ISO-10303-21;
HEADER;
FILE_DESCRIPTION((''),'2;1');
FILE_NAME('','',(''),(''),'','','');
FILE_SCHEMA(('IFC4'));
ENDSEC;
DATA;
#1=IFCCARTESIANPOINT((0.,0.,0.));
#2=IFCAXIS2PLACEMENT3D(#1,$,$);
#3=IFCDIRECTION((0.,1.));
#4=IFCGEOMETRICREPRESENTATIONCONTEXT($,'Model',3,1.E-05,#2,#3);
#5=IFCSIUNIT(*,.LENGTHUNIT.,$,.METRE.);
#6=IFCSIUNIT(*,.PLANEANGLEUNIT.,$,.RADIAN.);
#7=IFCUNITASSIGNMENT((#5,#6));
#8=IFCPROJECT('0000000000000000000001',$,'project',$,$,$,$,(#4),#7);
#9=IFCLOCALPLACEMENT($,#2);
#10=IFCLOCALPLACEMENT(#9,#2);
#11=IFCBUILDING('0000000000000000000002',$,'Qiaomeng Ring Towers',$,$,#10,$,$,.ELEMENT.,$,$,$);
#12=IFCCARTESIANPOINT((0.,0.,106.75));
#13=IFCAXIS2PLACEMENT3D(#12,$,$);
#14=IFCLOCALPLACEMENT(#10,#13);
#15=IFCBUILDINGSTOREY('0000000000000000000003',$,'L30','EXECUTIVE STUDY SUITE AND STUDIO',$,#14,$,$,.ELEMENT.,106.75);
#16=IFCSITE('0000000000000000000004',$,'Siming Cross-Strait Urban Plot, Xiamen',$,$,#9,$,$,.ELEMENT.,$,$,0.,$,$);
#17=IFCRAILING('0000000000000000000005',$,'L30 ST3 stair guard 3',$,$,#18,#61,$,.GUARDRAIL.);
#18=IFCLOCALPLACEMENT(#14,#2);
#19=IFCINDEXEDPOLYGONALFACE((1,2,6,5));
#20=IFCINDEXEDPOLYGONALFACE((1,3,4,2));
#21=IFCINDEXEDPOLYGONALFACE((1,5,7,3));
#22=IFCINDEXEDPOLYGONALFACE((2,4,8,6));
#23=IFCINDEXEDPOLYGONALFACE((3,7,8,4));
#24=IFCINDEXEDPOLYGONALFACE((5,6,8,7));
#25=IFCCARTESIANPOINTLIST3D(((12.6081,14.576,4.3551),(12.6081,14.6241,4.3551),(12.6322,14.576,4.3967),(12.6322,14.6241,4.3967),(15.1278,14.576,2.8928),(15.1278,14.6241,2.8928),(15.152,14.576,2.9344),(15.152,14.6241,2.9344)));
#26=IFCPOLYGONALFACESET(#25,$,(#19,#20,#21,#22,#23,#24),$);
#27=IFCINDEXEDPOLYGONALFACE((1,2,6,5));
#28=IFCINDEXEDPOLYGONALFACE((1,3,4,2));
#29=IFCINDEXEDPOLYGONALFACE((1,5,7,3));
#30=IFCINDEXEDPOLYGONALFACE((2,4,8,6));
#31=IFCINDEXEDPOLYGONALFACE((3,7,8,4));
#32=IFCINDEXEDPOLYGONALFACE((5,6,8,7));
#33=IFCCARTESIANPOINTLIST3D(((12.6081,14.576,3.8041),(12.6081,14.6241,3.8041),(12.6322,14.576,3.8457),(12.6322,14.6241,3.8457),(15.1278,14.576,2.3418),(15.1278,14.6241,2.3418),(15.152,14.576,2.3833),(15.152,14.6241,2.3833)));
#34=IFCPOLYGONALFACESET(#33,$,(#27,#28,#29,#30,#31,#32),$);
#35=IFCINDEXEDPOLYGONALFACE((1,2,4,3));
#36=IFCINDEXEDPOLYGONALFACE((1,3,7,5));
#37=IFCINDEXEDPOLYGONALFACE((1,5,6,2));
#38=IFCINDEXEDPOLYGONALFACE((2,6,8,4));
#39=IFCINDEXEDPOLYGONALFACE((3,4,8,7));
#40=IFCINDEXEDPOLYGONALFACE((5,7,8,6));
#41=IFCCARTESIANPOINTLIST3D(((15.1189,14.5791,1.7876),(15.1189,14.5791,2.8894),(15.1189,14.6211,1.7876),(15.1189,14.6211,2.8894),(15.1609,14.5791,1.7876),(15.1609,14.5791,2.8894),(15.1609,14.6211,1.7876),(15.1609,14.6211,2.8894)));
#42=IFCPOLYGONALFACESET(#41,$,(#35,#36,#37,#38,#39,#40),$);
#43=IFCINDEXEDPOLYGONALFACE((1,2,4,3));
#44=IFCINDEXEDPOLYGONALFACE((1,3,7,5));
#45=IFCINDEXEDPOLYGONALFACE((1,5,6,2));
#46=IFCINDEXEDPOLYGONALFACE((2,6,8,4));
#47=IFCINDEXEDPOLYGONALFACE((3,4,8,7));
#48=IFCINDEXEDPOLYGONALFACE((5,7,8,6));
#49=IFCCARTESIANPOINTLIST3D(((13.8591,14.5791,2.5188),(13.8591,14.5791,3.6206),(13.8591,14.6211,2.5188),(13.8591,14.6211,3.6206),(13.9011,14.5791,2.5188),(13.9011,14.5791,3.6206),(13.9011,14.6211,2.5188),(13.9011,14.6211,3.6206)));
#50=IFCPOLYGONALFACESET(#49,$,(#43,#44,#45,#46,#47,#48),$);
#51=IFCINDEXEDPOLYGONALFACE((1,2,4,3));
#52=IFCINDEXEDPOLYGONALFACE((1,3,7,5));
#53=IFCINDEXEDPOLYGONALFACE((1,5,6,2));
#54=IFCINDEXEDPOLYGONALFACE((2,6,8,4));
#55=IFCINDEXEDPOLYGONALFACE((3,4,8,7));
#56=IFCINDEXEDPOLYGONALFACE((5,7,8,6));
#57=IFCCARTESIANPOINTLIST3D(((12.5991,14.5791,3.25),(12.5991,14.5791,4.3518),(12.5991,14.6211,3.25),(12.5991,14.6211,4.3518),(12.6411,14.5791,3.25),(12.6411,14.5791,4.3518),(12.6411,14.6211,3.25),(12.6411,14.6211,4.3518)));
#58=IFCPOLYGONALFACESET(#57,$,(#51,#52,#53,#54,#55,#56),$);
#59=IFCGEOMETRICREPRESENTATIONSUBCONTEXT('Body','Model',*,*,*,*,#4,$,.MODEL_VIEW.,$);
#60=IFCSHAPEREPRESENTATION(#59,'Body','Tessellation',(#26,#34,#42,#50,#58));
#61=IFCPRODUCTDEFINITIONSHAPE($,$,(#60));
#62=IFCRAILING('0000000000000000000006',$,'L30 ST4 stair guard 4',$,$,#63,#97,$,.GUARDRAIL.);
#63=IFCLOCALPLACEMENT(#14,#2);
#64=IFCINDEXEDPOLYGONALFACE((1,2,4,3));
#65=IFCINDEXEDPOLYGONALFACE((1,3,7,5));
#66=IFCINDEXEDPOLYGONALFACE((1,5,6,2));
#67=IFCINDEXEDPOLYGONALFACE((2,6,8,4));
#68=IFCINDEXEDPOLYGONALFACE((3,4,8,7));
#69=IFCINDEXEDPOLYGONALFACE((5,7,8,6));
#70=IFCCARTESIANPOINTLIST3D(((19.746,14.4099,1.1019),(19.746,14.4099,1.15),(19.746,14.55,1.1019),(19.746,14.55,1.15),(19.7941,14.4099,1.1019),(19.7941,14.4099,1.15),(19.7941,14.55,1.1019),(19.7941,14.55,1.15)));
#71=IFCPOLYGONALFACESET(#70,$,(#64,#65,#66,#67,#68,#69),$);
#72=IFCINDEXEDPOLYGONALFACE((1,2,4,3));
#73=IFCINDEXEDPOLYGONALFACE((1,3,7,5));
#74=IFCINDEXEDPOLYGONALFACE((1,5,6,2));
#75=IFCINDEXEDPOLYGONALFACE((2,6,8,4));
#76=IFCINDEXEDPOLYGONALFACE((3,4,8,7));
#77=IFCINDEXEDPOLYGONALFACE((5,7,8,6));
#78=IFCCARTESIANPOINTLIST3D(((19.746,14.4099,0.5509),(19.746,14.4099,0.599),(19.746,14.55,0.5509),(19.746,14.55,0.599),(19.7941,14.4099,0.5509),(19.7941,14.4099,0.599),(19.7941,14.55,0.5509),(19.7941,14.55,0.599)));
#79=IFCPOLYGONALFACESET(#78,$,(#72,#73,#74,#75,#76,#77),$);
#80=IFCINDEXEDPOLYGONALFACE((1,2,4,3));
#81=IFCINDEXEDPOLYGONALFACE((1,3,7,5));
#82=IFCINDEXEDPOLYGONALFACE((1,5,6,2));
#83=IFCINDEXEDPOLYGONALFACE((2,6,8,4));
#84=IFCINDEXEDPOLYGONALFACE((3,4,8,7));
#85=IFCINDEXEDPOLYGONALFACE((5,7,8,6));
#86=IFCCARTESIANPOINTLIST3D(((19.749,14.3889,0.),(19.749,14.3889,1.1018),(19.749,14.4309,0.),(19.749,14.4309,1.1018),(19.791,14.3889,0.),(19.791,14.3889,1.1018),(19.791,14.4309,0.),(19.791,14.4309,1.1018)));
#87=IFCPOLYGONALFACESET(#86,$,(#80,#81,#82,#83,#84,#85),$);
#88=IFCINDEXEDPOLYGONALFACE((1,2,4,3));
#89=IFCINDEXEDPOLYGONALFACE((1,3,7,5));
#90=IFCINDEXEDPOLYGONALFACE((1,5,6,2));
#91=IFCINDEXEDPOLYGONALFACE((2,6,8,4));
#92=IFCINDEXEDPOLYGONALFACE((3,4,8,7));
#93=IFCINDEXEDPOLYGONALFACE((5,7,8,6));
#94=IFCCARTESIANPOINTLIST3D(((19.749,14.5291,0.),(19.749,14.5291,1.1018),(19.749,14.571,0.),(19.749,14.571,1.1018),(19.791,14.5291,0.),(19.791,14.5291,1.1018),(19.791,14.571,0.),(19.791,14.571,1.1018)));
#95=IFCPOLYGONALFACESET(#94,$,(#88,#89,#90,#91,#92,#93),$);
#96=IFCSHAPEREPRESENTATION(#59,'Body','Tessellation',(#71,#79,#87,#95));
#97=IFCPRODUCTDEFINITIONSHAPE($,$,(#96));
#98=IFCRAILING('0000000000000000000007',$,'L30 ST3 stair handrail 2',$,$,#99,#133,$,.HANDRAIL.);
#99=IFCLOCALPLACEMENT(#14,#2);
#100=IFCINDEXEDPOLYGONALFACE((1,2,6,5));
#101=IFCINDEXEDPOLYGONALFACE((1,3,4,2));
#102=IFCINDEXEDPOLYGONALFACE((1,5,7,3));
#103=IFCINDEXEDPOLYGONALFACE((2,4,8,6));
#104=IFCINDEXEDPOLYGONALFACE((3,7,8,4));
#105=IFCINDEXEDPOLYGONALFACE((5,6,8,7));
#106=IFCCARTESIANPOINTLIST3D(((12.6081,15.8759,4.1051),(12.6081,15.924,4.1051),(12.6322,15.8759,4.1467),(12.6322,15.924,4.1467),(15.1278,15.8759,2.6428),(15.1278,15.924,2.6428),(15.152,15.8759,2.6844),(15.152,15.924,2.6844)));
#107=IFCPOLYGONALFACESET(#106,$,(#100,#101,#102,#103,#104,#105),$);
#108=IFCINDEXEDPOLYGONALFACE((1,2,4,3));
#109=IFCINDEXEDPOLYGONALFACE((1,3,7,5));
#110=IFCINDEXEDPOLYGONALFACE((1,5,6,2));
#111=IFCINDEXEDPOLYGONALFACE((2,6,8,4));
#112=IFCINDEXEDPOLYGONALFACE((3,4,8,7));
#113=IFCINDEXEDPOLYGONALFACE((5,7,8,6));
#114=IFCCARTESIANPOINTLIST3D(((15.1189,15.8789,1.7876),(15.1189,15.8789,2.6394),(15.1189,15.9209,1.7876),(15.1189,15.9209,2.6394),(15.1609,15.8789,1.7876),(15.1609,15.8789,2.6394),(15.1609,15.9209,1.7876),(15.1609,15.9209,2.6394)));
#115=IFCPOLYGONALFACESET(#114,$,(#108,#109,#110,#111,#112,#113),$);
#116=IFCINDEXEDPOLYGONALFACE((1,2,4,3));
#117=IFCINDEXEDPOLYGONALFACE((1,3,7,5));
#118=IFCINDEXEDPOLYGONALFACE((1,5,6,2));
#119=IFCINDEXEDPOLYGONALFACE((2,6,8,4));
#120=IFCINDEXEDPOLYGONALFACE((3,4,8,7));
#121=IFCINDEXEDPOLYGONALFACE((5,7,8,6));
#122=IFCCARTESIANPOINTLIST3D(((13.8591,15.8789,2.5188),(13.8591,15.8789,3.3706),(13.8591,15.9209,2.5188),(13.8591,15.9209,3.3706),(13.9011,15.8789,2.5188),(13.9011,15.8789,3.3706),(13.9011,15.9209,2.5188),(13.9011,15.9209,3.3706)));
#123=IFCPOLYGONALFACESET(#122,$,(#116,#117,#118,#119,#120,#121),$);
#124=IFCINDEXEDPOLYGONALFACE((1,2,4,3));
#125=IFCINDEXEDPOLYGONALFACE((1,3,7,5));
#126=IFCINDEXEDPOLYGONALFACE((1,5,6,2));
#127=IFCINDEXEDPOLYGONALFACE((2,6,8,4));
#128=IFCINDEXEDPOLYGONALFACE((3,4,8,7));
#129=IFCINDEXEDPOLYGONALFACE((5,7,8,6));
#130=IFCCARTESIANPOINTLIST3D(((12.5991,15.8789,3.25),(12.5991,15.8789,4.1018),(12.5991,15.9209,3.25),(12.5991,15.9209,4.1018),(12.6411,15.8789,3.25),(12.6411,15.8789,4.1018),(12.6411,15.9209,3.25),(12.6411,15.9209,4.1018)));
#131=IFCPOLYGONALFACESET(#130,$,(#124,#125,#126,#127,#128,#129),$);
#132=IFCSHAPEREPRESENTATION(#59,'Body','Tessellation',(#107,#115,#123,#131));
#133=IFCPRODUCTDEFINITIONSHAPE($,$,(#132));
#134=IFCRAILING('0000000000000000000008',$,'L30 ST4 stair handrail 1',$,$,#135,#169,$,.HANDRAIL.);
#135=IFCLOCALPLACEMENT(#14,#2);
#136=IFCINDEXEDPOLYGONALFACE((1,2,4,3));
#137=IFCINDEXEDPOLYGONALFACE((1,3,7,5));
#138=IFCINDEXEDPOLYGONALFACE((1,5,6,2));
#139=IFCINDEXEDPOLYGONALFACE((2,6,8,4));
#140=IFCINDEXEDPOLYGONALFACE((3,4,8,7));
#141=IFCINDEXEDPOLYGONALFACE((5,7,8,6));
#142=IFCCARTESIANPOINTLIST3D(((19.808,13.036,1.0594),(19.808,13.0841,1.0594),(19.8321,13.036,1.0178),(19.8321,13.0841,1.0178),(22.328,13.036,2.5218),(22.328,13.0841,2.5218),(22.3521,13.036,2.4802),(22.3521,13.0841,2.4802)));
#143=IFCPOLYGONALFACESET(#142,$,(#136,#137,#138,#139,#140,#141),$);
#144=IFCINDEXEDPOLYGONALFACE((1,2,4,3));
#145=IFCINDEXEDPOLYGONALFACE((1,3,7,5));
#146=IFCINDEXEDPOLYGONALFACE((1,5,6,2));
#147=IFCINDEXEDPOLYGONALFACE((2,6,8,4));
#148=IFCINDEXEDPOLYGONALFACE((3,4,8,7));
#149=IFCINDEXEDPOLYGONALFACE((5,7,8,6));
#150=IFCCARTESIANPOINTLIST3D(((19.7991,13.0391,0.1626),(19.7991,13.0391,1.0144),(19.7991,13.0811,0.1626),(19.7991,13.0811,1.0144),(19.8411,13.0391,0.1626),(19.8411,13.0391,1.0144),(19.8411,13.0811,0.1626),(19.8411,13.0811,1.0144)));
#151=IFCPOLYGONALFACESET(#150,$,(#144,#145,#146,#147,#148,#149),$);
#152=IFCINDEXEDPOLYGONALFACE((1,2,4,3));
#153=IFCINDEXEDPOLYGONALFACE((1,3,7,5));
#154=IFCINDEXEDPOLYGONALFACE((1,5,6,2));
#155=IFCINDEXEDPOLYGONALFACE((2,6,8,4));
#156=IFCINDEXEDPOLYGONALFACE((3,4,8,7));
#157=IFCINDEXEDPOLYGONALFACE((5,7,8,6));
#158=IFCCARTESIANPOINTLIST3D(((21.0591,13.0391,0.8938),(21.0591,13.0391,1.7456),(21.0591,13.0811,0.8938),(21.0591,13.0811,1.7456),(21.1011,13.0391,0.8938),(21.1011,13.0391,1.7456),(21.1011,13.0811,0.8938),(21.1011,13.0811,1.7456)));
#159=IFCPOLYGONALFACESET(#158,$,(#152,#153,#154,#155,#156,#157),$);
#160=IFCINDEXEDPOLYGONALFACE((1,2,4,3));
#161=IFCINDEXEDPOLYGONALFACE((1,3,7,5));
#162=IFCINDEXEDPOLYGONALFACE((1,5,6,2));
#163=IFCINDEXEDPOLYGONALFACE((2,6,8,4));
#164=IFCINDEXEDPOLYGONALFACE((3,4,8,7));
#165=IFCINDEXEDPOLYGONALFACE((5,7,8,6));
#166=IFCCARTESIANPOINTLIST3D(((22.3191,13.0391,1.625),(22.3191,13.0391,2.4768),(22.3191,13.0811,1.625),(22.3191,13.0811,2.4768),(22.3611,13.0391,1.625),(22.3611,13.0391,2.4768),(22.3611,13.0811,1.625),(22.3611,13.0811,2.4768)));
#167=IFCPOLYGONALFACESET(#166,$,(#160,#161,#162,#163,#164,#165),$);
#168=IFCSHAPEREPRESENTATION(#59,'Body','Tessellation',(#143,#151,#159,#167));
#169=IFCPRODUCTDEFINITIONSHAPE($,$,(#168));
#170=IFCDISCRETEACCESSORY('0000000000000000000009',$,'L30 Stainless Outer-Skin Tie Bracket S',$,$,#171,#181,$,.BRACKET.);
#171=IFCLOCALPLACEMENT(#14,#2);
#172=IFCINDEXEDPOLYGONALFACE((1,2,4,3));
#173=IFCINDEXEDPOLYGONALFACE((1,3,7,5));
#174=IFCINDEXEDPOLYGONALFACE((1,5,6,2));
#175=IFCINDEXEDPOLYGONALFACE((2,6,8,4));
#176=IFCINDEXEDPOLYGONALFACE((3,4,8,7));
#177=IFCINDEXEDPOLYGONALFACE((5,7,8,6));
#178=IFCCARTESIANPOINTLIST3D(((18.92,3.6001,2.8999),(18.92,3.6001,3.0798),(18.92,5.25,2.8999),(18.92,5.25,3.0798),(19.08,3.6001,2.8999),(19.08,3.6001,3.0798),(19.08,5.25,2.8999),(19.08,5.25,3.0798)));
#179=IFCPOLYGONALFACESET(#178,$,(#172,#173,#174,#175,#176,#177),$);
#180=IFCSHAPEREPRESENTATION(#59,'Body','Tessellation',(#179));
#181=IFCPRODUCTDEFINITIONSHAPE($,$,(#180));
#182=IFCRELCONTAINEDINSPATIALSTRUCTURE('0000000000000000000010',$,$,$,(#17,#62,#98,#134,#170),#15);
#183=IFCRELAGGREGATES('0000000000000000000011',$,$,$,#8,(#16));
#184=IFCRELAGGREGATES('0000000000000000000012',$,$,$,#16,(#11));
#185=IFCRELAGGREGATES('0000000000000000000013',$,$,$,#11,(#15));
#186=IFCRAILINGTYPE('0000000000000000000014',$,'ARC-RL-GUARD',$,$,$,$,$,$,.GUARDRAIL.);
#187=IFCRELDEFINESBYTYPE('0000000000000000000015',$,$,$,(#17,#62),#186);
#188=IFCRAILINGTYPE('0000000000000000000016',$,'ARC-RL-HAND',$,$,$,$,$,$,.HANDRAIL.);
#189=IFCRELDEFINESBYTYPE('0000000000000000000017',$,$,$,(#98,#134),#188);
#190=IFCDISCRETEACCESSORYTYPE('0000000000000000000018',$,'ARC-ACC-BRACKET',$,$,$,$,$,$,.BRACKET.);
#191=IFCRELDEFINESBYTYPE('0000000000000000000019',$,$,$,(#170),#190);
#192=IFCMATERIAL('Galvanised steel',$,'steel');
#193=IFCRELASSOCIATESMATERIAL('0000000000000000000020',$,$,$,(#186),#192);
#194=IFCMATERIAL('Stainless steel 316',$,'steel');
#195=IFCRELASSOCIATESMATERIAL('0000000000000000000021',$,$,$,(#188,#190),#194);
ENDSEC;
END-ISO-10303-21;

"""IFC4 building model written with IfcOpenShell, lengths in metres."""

from ifc_helpers import new_model, si_unit, direction, frame, origin, origin_2d, place, context, subcontext, project, spatial, rectangle, extrude, source, transform, mapped, material, type_object, element, save


model = new_model("IFC4")

# Units and contexts
model_context = context("Model", 3, precision=1e-05, world=origin(), true_north=direction((0.0, 1.0)))
body_context = subcontext(model_context, "Body", "Model", "MODEL_VIEW")
ifc_project = project(units=[si_unit("LENGTHUNIT", "METRE"), si_unit("PLANEANGLEUNIT", "RADIAN")], contexts=[model_context])

# Site, building, storey
site_placement = place(None, origin())
site = spatial("IfcSite", under=ifc_project, at=site_placement, Name="Siming Cross-Strait Urban Plot, Xiamen", CompositionType="ELEMENT", RefElevation=0.0)
building_placement = place(site_placement, origin())
building = spatial("IfcBuilding", under=site, at=building_placement, Name="Qiaomeng Ring Towers", CompositionType="ELEMENT")
storey_placement = place(building_placement, frame((0.0, 0.0, 106.75)))
storey = spatial("IfcBuildingStorey", under=building, at=storey_placement, Name="L30", Description="EXECUTIVE STUDY SUITE AND STUDIO", CompositionType="ELEMENT", Elevation=106.75)

# Shared definitions
ifc_material_1 = material(Name="Galvanised steel", Category="steel")

# Railings
railing_type_1 = type_object("IfcRailingType", Name="ARC-RL-GUARD", PredefinedType="GUARDRAIL", material=ifc_material_1)
railing_1_placement = place(storey_placement, frame((15.1399, 14.6001, 1.7876)))
element("IfcRailing", 1, at=railing_1_placement, inside=storey, type_object=railing_type_1, Name="L30 ST3 stair guard 3", PredefinedType="GUARDRAIL", context=body_context, shape_type="SweptSolid", body=[
    extrude(rectangle(XDim=0.0481, YDim=0.0481, at=origin_2d()), frame((0.0, 0.0, 1.126), z_axis=(-0.864892, 0.0, 0.501958), x_axis=(0.0, -1.0, 0.0)), (0.0, 0.0, 1.0), 2.9133),
    extrude(rectangle(XDim=0.0481, YDim=0.0481, at=origin_2d()), frame((0.0, 0.0, 0.575), z_axis=(-0.864892, 0.0, 0.501958), x_axis=(0.0, -1.0, 0.0)), (0.0, 0.0, 1.0), 2.9133),
    extrude(rectangle(XDim=0.042, YDim=0.042, at=origin_2d()), origin(), (0.0, 0.0, 1.0), 1.1018),
    extrude(rectangle(XDim=0.042, YDim=0.042, at=origin_2d()), frame((-1.2598, 0.0, 0.7312)), (0.0, 0.0, 1.0), 1.1018),
    extrude(rectangle(XDim=0.042, YDim=0.042, at=origin_2d()), frame((-2.5198, 0.0, 1.4624)), (0.0, 0.0, 1.0), 1.1018),
])
railing_2_placement = place(storey_placement, frame((19.77, 14.4099, 0.0)))
element("IfcRailing", 2, at=railing_2_placement, inside=storey, type_object=railing_type_1, Name="L30 ST4 stair guard 4", PredefinedType="GUARDRAIL", context=body_context, shape_type="SweptSolid", body=[
    extrude(rectangle(XDim=0.0481, YDim=0.0481, at=origin_2d()), frame((0.0, 0.0, 1.126), z_axis=(0.0, 1.0, 0.0), x_axis=(-1.0, 0.0, 0.0)), (0.0, 0.0, 1.0), 0.1401),
    extrude(rectangle(XDim=0.0481, YDim=0.0481, at=origin_2d()), frame((0.0, 0.0, 0.575), z_axis=(0.0, 1.0, 0.0), x_axis=(-1.0, 0.0, 0.0)), (0.0, 0.0, 1.0), 0.1401),
    extrude(rectangle(XDim=0.042, YDim=0.042, at=origin_2d()), origin(), (0.0, 0.0, 1.0), 1.1018),
    extrude(rectangle(XDim=0.042, YDim=0.042, at=origin_2d()), frame((0.0, 0.1401, 0.0)), (0.0, 0.0, 1.0), 1.1018),
])
ifc_material_2 = material(Name="Stainless steel 316", Category="steel")
railing_type_2 = type_object("IfcRailingType", Name="ARC-RL-HAND", PredefinedType="HANDRAIL", material=ifc_material_2)
railing_3_placement = place(storey_placement, frame((15.1399, 15.8999, 1.7876)))
element("IfcRailing", 3, at=railing_3_placement, inside=storey, type_object=railing_type_2, Name="L30 ST3 stair handrail 2", PredefinedType="HANDRAIL", context=body_context, shape_type="SweptSolid", body=[
    extrude(rectangle(XDim=0.0481, YDim=0.0481, at=origin_2d()), frame((0.0, 0.0, 0.876), z_axis=(-0.864892, 0.0, 0.501958), x_axis=(0.0, -1.0, 0.0)), (0.0, 0.0, 1.0), 2.9133),
    extrude(rectangle(XDim=0.042, YDim=0.042, at=origin_2d()), origin(), (0.0, 0.0, 1.0), 0.8518),
    extrude(rectangle(XDim=0.042, YDim=0.042, at=origin_2d()), frame((-1.2598, 0.0, 0.7312)), (0.0, 0.0, 1.0), 0.8518),
    extrude(rectangle(XDim=0.042, YDim=0.042, at=origin_2d()), frame((-2.5198, 0.0, 1.4624)), (0.0, 0.0, 1.0), 0.8518),
])
railing_4_placement = place(storey_placement, frame((19.8201, 13.0601, 0.1626)))
element("IfcRailing", 4, at=railing_4_placement, inside=storey, type_object=railing_type_2, Name="L30 ST4 stair handrail 1", PredefinedType="HANDRAIL", context=body_context, shape_type="SweptSolid", body=[
    extrude(rectangle(XDim=0.0481, YDim=0.0481, at=origin_2d()), frame((0.0, 0.0, 0.876), z_axis=(0.864913, 0.0, 0.501921), x_axis=(0.0, 1.0, 0.0)), (0.0, 0.0, 1.0), 2.9136),
    extrude(rectangle(XDim=0.042, YDim=0.042, at=origin_2d()), origin(), (0.0, 0.0, 1.0), 0.8518),
    extrude(rectangle(XDim=0.042, YDim=0.042, at=origin_2d()), frame((1.26, 0.0, 0.7312)), (0.0, 0.0, 1.0), 0.8518),
    extrude(rectangle(XDim=0.042, YDim=0.042, at=origin_2d()), frame((2.52, 0.0, 1.4624)), (0.0, 0.0, 1.0), 0.8518),
])

# Discrete accessory
discrete_accessory_type = type_object("IfcDiscreteAccessoryType", Name="ARC-ACC-BRACKET", PredefinedType="BRACKET", material=ifc_material_2)
shared_shape_1 = source(origin(), body_context, "Body", "SweptSolid", [
    extrude(rectangle(XDim=0.1599, YDim=1.6499, at=origin_2d()), origin(), (0.0, 0.0, 1.0), 0.1799),
])
discrete_accessory_placement = place(storey_placement, frame((19.0, 4.425, 2.8999), z_axis=(0.0, 0.0, 1.0), x_axis=(1.0, 0.0, 0.0)))
element("IfcDiscreteAccessory", 5, at=discrete_accessory_placement, inside=storey, type_object=discrete_accessory_type, Name="L30 Stainless Outer-Skin Tie Bracket S", PredefinedType="BRACKET", context=body_context, shape_type="MappedRepresentation", body=[
    mapped(shared_shape_1, transform((0.0, 0.0, 0.0), x_axis=(1.0, 0.0, 0.0), y_axis=(0.0, 1.0, 0.0), z_axis=(0.0, 0.0, 1.0), scale=1.0)),
])

save(model, "model.ifc")
